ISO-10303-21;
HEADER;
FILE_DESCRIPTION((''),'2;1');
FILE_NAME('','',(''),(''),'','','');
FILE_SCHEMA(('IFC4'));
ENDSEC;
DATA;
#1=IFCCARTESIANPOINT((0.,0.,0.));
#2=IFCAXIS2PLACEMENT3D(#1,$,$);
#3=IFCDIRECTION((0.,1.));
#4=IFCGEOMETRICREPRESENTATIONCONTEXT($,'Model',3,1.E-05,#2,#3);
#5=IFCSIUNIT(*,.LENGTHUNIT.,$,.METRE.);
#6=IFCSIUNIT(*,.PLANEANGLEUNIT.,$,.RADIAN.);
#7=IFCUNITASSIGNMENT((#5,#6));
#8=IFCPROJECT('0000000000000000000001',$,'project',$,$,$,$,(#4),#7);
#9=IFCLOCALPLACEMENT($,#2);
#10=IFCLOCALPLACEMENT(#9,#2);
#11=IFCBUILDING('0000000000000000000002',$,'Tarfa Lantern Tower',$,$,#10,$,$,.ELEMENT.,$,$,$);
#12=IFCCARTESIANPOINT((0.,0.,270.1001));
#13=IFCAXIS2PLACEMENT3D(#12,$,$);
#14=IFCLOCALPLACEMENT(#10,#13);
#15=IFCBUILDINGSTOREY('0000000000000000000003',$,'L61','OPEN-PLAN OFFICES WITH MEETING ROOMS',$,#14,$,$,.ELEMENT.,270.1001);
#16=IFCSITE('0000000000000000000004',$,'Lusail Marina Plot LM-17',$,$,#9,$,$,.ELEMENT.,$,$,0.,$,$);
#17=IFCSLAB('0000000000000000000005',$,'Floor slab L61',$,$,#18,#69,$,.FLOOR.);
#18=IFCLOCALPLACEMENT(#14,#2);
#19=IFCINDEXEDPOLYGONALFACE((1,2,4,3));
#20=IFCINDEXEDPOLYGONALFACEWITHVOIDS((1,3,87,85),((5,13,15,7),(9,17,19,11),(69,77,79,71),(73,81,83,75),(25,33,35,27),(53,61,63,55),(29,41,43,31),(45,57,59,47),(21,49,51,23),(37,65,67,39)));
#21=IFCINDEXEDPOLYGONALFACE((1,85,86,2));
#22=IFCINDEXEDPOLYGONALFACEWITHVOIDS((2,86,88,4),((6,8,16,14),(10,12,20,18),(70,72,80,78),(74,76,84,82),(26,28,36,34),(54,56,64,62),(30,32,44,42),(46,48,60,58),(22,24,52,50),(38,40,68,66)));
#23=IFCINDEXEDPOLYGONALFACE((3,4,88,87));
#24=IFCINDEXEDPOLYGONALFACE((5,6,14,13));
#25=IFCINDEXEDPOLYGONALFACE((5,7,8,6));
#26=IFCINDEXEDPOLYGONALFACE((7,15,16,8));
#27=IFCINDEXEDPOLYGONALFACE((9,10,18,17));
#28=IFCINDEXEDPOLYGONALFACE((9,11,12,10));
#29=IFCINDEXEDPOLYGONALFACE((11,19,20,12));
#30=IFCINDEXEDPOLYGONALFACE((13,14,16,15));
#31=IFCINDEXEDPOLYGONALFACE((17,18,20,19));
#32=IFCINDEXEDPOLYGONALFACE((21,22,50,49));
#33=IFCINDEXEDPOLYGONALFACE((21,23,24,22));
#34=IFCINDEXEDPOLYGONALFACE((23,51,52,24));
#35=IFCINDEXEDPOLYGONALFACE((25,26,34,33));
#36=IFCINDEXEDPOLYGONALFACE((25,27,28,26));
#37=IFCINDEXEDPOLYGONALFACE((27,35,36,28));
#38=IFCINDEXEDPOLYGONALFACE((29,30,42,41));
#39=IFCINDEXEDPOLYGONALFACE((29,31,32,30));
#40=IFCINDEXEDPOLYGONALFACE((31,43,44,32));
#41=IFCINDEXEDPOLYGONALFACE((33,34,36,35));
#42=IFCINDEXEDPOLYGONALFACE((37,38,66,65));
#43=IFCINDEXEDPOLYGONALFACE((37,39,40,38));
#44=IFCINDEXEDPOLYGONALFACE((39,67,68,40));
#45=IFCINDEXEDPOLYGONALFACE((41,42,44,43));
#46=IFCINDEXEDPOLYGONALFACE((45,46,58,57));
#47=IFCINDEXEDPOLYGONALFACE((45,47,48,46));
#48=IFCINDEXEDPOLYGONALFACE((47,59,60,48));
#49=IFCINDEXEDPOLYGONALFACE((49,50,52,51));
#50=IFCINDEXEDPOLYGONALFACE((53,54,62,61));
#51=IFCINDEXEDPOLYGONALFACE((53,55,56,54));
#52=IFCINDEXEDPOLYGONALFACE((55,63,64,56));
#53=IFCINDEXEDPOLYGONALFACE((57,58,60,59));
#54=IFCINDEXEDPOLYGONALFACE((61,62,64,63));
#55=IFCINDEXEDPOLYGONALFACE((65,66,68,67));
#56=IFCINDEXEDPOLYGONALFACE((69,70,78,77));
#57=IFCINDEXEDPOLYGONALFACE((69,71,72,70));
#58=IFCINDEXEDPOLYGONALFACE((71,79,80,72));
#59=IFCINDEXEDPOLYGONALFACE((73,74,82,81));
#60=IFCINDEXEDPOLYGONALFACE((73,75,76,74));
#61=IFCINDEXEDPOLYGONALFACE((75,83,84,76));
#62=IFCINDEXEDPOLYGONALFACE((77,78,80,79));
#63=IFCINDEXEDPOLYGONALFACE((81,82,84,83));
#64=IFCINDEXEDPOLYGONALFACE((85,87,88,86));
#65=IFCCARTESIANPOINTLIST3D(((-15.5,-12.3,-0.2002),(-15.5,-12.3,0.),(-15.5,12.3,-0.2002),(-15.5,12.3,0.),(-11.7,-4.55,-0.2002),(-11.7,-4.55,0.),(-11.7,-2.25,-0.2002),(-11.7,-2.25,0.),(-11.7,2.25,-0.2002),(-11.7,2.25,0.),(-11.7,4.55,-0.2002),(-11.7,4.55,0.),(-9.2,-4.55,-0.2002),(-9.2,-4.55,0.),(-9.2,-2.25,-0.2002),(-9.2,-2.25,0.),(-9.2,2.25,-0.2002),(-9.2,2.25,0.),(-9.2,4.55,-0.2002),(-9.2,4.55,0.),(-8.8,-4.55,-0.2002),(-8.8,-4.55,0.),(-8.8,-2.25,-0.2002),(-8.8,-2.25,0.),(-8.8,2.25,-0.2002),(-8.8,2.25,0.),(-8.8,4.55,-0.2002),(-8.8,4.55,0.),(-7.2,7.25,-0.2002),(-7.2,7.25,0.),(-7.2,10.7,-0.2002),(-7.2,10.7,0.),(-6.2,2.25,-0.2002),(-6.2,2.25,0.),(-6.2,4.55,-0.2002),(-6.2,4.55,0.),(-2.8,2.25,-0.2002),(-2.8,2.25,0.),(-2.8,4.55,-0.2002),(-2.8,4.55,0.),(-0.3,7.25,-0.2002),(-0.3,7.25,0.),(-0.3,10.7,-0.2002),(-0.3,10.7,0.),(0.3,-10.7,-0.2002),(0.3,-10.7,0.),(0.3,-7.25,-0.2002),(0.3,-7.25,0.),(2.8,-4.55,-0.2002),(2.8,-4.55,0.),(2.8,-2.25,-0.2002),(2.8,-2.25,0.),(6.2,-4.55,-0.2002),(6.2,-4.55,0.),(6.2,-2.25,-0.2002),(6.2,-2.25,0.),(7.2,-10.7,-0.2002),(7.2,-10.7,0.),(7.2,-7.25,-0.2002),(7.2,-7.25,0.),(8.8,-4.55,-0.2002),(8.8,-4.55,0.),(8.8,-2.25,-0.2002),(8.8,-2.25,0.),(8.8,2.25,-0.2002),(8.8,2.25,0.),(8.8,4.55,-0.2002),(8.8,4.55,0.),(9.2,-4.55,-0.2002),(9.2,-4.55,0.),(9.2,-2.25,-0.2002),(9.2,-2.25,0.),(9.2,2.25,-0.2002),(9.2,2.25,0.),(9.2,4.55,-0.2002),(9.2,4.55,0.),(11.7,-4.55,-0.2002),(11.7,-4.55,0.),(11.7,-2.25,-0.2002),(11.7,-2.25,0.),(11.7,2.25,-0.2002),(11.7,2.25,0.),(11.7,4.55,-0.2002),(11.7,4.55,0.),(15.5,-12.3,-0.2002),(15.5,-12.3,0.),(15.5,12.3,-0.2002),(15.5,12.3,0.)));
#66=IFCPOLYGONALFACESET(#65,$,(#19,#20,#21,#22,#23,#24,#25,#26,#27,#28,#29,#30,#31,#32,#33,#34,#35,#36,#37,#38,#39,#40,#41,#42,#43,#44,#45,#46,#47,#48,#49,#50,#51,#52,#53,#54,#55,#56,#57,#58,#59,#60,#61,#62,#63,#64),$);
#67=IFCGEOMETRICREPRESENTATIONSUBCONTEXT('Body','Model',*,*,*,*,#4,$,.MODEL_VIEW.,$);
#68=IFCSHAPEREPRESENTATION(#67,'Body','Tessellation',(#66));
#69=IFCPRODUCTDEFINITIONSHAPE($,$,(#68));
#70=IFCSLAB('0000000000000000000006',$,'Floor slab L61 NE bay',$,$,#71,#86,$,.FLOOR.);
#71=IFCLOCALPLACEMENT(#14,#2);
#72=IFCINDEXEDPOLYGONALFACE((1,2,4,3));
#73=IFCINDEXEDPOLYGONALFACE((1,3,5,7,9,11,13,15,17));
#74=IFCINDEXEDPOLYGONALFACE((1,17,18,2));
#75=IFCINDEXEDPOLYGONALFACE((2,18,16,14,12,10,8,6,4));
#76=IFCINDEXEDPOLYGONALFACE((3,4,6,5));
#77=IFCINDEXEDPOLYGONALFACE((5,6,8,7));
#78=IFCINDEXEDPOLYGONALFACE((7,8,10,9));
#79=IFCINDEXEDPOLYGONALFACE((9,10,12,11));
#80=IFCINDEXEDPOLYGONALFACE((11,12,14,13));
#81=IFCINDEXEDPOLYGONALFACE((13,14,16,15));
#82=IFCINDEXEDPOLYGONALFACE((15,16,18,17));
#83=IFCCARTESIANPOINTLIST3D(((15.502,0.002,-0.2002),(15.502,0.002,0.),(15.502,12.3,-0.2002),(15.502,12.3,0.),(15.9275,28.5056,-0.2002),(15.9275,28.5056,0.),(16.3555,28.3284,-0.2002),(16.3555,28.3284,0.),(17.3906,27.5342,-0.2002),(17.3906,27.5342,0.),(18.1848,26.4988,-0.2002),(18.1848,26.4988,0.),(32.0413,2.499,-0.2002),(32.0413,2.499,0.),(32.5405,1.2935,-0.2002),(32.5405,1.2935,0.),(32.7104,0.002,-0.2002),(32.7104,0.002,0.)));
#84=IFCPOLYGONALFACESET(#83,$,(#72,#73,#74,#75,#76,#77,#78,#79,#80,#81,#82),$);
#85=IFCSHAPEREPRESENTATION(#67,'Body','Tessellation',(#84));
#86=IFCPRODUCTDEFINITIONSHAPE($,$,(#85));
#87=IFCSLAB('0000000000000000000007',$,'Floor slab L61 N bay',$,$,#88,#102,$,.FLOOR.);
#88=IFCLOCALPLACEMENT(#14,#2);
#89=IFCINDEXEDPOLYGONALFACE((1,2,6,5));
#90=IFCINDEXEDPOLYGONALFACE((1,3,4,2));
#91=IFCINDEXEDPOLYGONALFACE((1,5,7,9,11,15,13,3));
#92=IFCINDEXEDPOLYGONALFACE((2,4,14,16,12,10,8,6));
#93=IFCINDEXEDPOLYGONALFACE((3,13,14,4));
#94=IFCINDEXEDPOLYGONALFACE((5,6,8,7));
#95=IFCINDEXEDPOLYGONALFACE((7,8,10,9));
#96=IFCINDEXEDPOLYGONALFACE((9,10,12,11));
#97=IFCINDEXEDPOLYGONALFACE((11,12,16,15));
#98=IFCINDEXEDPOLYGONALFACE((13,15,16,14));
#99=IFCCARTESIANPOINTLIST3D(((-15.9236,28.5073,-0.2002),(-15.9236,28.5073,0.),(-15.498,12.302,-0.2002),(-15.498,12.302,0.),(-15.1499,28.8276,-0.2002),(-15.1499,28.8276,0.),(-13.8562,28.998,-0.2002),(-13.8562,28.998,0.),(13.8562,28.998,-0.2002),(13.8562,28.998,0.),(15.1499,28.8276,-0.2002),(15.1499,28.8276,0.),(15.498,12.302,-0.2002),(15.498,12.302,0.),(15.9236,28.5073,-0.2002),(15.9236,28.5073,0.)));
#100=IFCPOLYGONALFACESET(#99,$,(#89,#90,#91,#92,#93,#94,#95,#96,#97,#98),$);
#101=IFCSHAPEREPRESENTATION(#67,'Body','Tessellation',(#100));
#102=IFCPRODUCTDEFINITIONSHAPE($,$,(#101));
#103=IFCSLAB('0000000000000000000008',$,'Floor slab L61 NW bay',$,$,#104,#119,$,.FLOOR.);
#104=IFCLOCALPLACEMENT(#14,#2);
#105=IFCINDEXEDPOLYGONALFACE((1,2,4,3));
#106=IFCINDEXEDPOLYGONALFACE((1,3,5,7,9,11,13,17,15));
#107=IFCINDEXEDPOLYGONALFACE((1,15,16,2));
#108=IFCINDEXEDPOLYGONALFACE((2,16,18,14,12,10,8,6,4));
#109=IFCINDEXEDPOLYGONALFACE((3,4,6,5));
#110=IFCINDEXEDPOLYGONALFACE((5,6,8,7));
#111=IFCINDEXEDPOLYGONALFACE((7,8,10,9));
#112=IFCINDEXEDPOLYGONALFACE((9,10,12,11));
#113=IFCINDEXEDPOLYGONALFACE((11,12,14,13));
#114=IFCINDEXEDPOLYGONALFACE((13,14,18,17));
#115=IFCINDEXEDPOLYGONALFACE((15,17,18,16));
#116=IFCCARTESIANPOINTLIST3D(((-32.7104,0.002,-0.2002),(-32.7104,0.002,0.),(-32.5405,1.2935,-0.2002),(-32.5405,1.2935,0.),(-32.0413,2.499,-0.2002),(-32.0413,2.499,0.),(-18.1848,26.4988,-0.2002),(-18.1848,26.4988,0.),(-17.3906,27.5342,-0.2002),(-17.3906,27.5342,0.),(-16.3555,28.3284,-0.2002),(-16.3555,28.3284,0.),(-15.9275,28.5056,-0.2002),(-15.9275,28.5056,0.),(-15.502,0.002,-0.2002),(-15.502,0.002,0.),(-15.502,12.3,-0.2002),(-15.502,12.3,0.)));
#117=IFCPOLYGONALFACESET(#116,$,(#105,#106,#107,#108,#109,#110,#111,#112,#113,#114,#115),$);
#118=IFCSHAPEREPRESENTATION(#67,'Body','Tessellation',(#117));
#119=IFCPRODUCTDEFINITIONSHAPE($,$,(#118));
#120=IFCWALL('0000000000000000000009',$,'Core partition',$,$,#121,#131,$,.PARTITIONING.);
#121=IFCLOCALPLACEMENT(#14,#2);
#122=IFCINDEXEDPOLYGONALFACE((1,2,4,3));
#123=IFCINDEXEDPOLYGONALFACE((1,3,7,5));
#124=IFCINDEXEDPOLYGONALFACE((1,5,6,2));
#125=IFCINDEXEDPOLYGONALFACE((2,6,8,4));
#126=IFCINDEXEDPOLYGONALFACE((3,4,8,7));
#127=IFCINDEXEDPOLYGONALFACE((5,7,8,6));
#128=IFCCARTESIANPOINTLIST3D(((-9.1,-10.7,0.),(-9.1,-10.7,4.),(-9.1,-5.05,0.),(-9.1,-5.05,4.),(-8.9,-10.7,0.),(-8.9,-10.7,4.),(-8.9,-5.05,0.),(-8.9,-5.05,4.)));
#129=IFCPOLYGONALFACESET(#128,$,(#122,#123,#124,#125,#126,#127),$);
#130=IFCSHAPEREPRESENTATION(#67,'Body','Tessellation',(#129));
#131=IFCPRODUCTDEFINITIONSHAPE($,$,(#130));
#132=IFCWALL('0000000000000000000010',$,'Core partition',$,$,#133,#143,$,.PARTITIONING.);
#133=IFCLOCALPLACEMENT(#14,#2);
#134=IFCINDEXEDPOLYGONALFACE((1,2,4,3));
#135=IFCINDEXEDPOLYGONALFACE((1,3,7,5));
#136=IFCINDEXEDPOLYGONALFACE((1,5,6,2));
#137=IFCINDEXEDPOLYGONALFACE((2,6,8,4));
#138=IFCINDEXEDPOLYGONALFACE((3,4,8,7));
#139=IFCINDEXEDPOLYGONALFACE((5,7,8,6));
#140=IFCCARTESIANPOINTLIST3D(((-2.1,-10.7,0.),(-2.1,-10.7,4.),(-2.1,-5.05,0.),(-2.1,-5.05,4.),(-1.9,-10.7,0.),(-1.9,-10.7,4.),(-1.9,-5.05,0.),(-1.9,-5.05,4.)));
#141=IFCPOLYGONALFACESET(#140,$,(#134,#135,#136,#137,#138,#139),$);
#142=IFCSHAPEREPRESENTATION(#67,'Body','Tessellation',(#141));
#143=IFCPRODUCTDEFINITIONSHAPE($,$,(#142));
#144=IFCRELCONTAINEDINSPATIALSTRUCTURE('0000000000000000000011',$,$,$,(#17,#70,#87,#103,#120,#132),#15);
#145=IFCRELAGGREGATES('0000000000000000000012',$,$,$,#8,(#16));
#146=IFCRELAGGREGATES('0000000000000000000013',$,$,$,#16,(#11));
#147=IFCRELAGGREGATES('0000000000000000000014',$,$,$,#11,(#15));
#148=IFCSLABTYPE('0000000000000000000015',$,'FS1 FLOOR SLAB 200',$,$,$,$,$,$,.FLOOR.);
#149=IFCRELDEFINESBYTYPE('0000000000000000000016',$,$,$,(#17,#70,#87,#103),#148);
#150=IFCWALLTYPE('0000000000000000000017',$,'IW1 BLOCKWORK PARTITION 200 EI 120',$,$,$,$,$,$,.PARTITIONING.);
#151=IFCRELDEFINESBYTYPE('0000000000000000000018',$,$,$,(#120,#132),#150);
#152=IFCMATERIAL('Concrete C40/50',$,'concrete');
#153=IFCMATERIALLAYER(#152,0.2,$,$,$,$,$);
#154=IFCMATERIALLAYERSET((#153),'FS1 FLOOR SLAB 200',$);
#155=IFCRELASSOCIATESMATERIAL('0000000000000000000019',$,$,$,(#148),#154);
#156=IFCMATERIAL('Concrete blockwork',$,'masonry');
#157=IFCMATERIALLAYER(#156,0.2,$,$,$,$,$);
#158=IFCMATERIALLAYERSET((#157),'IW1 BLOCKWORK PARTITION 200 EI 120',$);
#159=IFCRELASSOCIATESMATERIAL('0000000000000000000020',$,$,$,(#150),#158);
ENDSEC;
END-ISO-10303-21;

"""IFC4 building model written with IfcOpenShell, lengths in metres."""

from ifc_helpers import new_model, si_unit, direction, frame, frame_2d, origin, place, context, subcontext, project, spatial, polyline, rectangle, outline, extrude, material, layer, layer_set, type_object, element, save


model = new_model("IFC4")

# Units and contexts
model_context = context("Model", 3, precision=1e-05, world=origin(), true_north=direction((0.0, 1.0)))
body_context = subcontext(model_context, "Body", "Model", "MODEL_VIEW")
ifc_project = project(units=[si_unit("LENGTHUNIT", "METRE"), si_unit("PLANEANGLEUNIT", "RADIAN")], contexts=[model_context])

# Site, building, storey
site_placement = place(None, origin())
site = spatial("IfcSite", under=ifc_project, at=site_placement, Name="Lusail Marina Plot LM-17", CompositionType="ELEMENT", RefElevation=0.0)
building_placement = place(site_placement, origin())
building = spatial("IfcBuilding", under=site, at=building_placement, Name="Tarfa Lantern Tower", CompositionType="ELEMENT")
storey_placement = place(building_placement, frame((0.0, 0.0, 270.1001)))
storey = spatial("IfcBuildingStorey", under=building, at=storey_placement, Name="L61", Description="OPEN-PLAN OFFICES WITH MEETING ROOMS", CompositionType="ELEMENT", Elevation=270.1001)

# Slabs
ifc_material_1 = material(Name="Concrete C40/50", Category="concrete")
ifc_layer_1 = layer(ifc_material_1, 0.2)
ifc_layer_set_1 = layer_set([ifc_layer_1], Name="FS1 FLOOR SLAB 200")
slab_type = type_object("IfcSlabType", Name="FS1 FLOOR SLAB 200", PredefinedType="FLOOR", material=ifc_layer_set_1)
slab_1_placement = place(storey_placement, frame((0.0, 0.0, -0.2002)))
element("IfcSlab", 1, at=slab_1_placement, inside=storey, type_object=slab_type, Name="Floor slab L61", PredefinedType="FLOOR", context=body_context, shape_type="SweptSolid", body=[
    extrude(outline(polyline([(-15.5, -12.3), (15.5, -12.3), (15.5, 12.3), (-15.5, 12.3), (-15.5, -12.3)]), holes=[polyline([(-11.7, 2.25), (-9.2, 2.25), (-9.2, 4.55), (-11.7, 4.55), (-11.7, 2.25)]), polyline([(-8.8, 2.25), (-6.2, 2.25), (-6.2, 4.55), (-8.8, 4.55), (-8.8, 2.25)]), polyline([(-2.8, 2.25), (8.8, 2.25), (8.8, 4.55), (-2.8, 4.55), (-2.8, 2.25)]), polyline([(9.2, 2.25), (11.7, 2.25), (11.7, 4.55), (9.2, 4.55), (9.2, 2.25)]), polyline([(11.7, -2.25), (9.2, -2.25), (9.2, -4.55), (11.7, -4.55), (11.7, -2.25)]), polyline([(8.8, -2.25), (6.2, -2.25), (6.2, -4.55), (8.8, -4.55), (8.8, -2.25)]), polyline([(2.8, -2.25), (-8.8, -2.25), (-8.8, -4.55), (2.8, -4.55), (2.8, -2.25)]), polyline([(-9.2, -2.25), (-11.7, -2.25), (-11.7, -4.55), (-9.2, -4.55), (-9.2, -2.25)]), polyline([(-7.2, 7.25), (-0.3, 7.25), (-0.3, 10.7), (-7.2, 10.7), (-7.2, 7.25)]), polyline([(7.2, -7.25), (0.3, -7.25), (0.3, -10.7), (7.2, -10.7), (7.2, -7.25)])]), origin(), (0.0, 0.0, 1.0), 0.2002),
])
slab_2_placement = place(storey_placement, frame((0.0, 0.0, -0.2002)))
element("IfcSlab", 2, at=slab_2_placement, inside=storey, type_object=slab_type, Name="Floor slab L61 NE bay", PredefinedType="FLOOR", context=body_context, shape_type="SweptSolid", body=[
    extrude(outline(polyline([(32.0413, 2.499), (18.1848, 26.4988), (17.3906, 27.5342), (16.3555, 28.3284), (15.9275, 28.5056), (15.502, 12.3), (15.502, 0.002), (32.7104, 0.002), (32.5405, 1.2935), (32.0413, 2.499)])), origin(), (0.0, 0.0, 1.0), 0.2002),
])
slab_3_placement = place(storey_placement, frame((0.0, 0.0, -0.2002)))
element("IfcSlab", 3, at=slab_3_placement, inside=storey, type_object=slab_type, Name="Floor slab L61 N bay", PredefinedType="FLOOR", context=body_context, shape_type="SweptSolid", body=[
    extrude(outline(polyline([(-15.498, 12.302), (15.498, 12.302), (15.9236, 28.5073), (15.1499, 28.8276), (13.8562, 28.998), (-13.8562, 28.998), (-15.1499, 28.8276), (-15.9236, 28.5073), (-15.498, 12.302)])), origin(), (0.0, 0.0, 1.0), 0.2002),
])
slab_4_placement = place(storey_placement, frame((0.0, 0.0, -0.2002)))
element("IfcSlab", 4, at=slab_4_placement, inside=storey, type_object=slab_type, Name="Floor slab L61 NW bay", PredefinedType="FLOOR", context=body_context, shape_type="SweptSolid", body=[
    extrude(outline(polyline([(-15.502, 0.002), (-15.502, 12.3), (-15.9275, 28.5056), (-16.3555, 28.3284), (-17.3906, 27.5342), (-18.1848, 26.4988), (-32.0413, 2.499), (-32.5405, 1.2935), (-32.7104, 0.002), (-15.502, 0.002)])), origin(), (0.0, 0.0, 1.0), 0.2002),
])

# Walls
ifc_material_2 = material(Name="Concrete blockwork", Category="masonry")
ifc_layer_2 = layer(ifc_material_2, 0.2)
ifc_layer_set_2 = layer_set([ifc_layer_2], Name="IW1 BLOCKWORK PARTITION 200 EI 120")
wall_type_1 = type_object("IfcWallType", Name="IW1 BLOCKWORK PARTITION 200 EI 120", PredefinedType="PARTITIONING", material=ifc_layer_set_2)
for number, where, z_axis, x_axis, name in (
    (5, (-9.0, -5.05, 0.0), (0.0, 0.0, 1.0), (0.0, -1.0, 0.0), "Core partition"),
    (6, (-2.0, -5.05, 0.0), (0.0, 0.0, 1.0), (0.0, -1.0, 0.0), "Core partition"),
):
    element("IfcWall", number, at=place(storey_placement, frame(where, z_axis=z_axis, x_axis=x_axis)), inside=storey, type_object=wall_type_1, Name=name, PredefinedType="PARTITIONING", context=body_context, shape_type="SweptSolid", body=[
        extrude(rectangle(XDim=5.6499, YDim=0.2, at=frame_2d((2.825, 0.0))), origin(), (0.0, 0.0, 1.0), 4.0),
    ])

save(model, "model.ifc")
